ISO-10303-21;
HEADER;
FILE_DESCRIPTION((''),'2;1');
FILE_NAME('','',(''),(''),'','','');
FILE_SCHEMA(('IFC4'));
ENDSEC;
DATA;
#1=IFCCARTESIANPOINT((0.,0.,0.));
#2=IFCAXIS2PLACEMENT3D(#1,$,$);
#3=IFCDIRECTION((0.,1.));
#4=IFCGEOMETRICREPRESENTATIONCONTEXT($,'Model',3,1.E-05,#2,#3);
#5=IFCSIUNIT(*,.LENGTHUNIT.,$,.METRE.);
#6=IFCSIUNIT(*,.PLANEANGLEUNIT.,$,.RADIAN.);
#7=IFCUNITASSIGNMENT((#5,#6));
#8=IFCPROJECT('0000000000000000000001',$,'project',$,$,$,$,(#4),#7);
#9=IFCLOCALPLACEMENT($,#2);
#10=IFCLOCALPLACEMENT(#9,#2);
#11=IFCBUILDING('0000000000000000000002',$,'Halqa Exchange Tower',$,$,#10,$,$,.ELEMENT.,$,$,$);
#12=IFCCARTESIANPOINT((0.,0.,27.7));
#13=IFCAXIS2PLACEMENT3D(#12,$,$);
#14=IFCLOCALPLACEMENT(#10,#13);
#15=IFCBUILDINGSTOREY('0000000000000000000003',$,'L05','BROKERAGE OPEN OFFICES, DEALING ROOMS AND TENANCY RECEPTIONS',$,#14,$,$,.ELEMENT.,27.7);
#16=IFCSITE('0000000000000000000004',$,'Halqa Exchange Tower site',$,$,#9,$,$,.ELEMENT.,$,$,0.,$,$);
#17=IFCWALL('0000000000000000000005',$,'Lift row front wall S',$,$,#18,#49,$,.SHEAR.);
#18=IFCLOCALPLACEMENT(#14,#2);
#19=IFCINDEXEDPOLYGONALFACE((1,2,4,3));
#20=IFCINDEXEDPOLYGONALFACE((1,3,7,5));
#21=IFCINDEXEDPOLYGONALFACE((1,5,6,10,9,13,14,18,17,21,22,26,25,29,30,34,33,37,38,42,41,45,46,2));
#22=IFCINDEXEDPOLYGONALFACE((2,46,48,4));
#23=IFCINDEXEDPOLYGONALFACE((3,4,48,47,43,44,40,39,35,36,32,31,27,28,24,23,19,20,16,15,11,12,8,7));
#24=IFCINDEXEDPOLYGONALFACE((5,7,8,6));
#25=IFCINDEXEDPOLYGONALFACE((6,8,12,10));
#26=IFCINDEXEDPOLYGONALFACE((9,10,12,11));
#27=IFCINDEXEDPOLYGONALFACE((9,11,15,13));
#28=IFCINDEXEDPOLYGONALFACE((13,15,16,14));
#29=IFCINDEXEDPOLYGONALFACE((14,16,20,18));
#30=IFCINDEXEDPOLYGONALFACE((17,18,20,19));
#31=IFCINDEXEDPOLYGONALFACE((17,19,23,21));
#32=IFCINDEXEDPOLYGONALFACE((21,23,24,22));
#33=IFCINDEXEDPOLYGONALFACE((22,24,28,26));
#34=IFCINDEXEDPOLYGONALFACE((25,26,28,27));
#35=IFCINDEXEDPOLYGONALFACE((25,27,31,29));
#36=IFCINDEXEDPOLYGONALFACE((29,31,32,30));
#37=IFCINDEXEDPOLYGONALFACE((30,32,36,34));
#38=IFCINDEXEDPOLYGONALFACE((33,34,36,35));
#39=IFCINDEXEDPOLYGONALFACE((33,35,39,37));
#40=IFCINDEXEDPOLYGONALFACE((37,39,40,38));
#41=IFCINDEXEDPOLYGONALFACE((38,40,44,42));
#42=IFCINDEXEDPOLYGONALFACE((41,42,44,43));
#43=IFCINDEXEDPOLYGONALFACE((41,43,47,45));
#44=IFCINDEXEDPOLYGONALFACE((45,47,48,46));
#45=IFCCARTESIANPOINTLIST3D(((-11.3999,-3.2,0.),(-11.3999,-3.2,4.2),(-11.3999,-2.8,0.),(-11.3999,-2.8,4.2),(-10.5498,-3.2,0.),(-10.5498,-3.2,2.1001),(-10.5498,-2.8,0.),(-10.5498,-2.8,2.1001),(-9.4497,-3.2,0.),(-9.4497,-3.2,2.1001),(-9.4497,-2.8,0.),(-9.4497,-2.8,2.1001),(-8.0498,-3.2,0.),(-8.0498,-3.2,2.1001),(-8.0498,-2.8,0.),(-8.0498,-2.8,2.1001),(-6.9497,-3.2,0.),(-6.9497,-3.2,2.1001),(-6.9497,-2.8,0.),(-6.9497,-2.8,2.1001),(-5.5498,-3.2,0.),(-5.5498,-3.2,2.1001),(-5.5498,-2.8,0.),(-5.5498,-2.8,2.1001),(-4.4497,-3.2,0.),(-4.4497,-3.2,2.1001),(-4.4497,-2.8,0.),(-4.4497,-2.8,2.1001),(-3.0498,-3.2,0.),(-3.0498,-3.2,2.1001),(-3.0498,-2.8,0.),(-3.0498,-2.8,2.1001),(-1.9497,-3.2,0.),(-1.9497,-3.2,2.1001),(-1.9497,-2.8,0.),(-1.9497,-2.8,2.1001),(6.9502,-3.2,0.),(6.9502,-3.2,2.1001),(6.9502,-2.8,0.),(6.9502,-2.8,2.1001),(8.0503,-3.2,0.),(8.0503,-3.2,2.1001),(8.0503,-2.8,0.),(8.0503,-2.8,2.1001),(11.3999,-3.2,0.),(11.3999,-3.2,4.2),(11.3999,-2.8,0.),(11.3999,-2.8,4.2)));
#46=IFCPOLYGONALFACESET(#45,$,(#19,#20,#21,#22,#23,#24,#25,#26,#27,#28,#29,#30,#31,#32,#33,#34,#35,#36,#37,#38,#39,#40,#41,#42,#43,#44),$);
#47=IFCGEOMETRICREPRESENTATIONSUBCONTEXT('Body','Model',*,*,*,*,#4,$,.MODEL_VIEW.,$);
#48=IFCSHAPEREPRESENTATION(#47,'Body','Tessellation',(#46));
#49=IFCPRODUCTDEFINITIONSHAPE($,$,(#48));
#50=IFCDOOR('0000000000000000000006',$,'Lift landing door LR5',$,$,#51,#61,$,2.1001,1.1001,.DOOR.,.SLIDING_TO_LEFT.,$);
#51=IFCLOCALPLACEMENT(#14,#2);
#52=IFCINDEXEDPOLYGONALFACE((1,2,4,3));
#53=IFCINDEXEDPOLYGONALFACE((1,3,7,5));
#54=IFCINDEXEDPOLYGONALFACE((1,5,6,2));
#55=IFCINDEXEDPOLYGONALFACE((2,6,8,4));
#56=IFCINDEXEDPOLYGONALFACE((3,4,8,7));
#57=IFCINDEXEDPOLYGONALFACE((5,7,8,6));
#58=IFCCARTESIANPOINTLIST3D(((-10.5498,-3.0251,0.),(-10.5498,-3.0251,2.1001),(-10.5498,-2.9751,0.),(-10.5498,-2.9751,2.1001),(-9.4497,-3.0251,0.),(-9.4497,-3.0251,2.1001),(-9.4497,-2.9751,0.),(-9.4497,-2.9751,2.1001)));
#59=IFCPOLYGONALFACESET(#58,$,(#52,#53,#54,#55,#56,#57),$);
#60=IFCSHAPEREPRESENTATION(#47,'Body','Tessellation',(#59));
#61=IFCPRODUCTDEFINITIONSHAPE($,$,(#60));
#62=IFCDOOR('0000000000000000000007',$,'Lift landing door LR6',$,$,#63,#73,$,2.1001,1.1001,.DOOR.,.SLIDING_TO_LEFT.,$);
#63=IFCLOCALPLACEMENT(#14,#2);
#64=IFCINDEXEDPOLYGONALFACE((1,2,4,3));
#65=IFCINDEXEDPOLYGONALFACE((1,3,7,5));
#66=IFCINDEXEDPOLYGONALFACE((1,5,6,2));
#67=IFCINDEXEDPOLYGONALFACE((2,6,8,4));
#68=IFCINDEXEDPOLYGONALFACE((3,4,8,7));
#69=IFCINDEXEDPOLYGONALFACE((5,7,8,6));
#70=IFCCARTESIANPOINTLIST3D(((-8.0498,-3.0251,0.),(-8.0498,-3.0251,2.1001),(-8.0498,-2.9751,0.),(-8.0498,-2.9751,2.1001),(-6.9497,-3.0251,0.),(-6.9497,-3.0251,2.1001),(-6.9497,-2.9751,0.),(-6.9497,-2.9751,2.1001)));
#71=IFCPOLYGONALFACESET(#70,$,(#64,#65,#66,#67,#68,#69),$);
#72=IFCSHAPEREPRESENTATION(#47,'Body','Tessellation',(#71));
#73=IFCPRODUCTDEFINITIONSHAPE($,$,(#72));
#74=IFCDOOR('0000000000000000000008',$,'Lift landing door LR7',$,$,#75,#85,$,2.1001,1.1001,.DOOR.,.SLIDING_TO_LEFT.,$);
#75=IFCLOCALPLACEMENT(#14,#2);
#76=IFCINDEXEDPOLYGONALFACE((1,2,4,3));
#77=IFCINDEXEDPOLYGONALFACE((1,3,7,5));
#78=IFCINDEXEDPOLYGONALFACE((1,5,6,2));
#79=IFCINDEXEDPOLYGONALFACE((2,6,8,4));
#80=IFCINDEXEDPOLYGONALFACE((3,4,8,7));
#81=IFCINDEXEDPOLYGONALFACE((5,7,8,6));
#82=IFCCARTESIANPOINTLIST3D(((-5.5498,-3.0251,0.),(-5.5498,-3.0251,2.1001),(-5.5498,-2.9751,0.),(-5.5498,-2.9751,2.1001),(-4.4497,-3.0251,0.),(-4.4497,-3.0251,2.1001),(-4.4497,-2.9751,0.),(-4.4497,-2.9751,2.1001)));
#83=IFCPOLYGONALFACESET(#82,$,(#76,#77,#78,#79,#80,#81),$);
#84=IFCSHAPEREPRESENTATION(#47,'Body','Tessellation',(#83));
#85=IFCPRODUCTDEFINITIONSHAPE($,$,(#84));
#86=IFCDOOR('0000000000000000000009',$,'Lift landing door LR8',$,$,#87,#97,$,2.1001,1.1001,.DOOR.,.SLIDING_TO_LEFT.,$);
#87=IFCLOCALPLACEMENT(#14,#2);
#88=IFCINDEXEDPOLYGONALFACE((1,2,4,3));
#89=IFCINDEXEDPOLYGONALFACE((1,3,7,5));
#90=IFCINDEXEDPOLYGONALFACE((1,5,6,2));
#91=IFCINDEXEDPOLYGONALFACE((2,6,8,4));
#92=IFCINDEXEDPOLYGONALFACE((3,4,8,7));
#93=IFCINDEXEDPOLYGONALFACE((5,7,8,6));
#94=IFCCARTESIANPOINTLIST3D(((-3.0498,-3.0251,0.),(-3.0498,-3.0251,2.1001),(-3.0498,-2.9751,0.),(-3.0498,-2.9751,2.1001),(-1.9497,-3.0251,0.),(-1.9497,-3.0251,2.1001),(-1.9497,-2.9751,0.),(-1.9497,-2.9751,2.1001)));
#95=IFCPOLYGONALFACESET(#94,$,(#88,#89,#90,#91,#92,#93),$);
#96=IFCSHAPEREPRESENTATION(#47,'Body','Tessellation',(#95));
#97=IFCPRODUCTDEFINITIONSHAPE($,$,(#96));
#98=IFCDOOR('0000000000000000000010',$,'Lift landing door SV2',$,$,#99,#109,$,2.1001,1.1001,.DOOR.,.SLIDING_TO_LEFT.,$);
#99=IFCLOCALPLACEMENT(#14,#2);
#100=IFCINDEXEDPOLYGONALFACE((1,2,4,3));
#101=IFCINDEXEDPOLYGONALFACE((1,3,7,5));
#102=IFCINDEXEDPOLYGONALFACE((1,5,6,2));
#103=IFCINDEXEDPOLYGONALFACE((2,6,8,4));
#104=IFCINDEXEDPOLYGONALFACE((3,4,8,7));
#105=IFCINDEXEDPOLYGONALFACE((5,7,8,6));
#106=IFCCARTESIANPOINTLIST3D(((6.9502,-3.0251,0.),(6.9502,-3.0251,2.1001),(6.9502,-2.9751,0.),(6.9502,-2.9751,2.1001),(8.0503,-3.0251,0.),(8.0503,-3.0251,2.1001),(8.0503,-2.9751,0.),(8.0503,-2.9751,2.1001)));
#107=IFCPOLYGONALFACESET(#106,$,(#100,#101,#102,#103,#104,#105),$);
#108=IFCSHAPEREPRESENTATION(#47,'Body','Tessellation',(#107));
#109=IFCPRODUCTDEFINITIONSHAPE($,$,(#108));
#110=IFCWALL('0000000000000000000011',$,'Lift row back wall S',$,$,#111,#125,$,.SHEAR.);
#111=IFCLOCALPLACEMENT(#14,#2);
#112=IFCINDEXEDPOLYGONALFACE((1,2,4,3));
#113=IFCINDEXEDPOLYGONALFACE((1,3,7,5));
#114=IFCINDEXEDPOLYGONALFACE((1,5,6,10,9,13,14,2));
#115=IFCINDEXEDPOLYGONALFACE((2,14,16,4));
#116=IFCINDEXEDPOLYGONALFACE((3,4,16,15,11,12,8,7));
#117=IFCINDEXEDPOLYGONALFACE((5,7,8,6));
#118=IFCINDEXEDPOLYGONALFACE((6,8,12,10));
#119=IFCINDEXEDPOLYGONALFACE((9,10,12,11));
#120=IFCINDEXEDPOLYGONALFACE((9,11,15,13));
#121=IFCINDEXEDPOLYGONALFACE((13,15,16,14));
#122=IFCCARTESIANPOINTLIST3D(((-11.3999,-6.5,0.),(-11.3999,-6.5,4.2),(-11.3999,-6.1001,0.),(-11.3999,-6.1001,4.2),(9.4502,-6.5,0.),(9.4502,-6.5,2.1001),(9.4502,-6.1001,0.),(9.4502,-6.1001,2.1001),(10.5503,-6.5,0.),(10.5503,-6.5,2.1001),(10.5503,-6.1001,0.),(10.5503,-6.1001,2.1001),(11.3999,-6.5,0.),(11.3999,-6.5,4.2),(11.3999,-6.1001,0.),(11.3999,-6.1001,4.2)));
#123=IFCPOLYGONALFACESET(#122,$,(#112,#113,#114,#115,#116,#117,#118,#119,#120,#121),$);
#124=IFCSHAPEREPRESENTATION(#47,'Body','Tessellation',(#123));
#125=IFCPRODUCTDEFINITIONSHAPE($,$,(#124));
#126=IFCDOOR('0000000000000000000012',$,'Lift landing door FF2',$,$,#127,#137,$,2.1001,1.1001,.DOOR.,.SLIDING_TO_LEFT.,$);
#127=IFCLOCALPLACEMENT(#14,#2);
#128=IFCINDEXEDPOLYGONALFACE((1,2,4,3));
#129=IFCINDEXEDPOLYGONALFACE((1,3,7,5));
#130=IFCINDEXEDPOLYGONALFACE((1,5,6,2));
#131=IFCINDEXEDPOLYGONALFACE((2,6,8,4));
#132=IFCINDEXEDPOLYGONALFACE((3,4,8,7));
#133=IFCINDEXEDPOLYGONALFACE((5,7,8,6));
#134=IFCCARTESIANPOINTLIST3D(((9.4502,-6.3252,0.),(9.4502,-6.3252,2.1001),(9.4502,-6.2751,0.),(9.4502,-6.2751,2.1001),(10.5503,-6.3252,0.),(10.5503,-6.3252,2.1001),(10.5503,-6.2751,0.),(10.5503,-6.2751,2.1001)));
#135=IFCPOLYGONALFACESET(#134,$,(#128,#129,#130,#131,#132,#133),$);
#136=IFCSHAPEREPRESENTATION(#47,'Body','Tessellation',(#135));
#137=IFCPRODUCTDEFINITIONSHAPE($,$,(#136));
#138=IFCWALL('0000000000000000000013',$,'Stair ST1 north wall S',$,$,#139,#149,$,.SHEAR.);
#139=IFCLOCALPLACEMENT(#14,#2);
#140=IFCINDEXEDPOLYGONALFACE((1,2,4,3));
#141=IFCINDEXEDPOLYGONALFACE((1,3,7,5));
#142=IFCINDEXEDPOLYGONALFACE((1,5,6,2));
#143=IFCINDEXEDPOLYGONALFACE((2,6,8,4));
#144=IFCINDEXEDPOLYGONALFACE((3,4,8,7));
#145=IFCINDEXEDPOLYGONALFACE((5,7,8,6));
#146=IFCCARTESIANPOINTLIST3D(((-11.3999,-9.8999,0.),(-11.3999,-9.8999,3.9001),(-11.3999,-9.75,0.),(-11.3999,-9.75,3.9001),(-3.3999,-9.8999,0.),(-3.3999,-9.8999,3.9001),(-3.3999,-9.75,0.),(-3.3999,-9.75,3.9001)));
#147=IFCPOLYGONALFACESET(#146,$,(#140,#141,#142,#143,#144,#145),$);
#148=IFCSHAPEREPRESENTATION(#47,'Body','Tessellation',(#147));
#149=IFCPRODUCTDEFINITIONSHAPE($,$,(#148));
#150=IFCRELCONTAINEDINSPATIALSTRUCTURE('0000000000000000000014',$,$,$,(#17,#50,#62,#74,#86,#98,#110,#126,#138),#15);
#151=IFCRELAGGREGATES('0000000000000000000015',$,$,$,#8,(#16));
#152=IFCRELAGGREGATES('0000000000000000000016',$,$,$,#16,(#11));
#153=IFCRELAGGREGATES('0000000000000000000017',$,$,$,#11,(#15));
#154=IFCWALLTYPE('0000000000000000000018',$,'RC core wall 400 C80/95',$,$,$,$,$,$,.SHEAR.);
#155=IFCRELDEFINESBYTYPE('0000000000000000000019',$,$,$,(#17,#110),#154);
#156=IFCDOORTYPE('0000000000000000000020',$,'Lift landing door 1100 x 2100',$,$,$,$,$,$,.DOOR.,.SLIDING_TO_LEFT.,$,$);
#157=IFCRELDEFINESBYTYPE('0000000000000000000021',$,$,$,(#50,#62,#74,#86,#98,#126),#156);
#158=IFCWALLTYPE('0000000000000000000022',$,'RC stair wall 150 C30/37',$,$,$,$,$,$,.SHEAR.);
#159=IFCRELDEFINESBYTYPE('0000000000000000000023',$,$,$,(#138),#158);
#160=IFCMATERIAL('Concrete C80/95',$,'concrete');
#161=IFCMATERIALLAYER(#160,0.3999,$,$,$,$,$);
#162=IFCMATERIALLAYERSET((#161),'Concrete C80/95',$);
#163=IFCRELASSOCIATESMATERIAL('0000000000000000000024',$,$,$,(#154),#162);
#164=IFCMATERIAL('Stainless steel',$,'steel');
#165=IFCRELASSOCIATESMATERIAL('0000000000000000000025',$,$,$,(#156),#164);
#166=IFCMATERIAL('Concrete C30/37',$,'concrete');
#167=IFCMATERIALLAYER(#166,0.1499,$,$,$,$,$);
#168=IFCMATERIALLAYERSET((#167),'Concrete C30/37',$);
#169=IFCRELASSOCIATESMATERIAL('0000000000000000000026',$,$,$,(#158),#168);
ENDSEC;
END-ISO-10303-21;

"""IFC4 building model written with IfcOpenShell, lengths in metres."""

from ifc_helpers import new_model, si_unit, direction, frame, frame_2d, origin, place, context, subcontext, project, spatial, rectangle, extrude, material, layer, layer_set, type_object, element, fill, save


model = new_model("IFC4")

# Units and contexts
model_context = context("Model", 3, precision=1e-05, world=origin(), true_north=direction((0.0, 1.0)))
body_context = subcontext(model_context, "Body", "Model", "MODEL_VIEW")
ifc_project = project(units=[si_unit("LENGTHUNIT", "METRE"), si_unit("PLANEANGLEUNIT", "RADIAN")], contexts=[model_context])

# Site, building, storey
site_placement = place(None, origin())
site = spatial("IfcSite", under=ifc_project, at=site_placement, Name="Halqa Exchange Tower site", CompositionType="ELEMENT", RefElevation=0.0)
building_placement = place(site_placement, origin())
building = spatial("IfcBuilding", under=site, at=building_placement, Name="Halqa Exchange Tower", CompositionType="ELEMENT")
storey_placement = place(building_placement, frame((0.0, 0.0, 27.7)))
storey = spatial("IfcBuildingStorey", under=building, at=storey_placement, Name="L05", Description="BROKERAGE OPEN OFFICES, DEALING ROOMS AND TENANCY RECEPTIONS", CompositionType="ELEMENT", Elevation=27.7)

# Wall, openings, doors
ifc_material_1 = material(Name="Concrete C80/95", Category="concrete")
ifc_layer_1 = layer(ifc_material_1, 0.3999)
ifc_layer_set_1 = layer_set([ifc_layer_1], Name="Concrete C80/95")
wall_type_1 = type_object("IfcWallType", Name="RC core wall 400 C80/95", PredefinedType="SHEAR", material=ifc_layer_set_1)
wall_1_placement = place(storey_placement, frame((-11.3999, -3.0, 0.0), z_axis=(0.0, 0.0, 1.0), x_axis=(1.0, 0.0, 0.0)))
wall_1 = element("IfcWall", 1, at=wall_1_placement, inside=storey, type_object=wall_type_1, Name="Lift row front wall S", PredefinedType="SHEAR", context=body_context, shape_type="SweptSolid", body=[
    extrude(rectangle(XDim=22.7998, YDim=0.3999, at=frame_2d((11.3999, 0.0))), origin(), (0.0, 0.0, 1.0), 4.2),
])
opening_1_placement = place(wall_1_placement, frame((0.8501, 0.0, 0.0)))
opening_1 = element("IfcOpeningElement", 2, at=opening_1_placement, cuts=wall_1, PredefinedType="OPENING", context=body_context, shape_type="SweptSolid", body=[
    extrude(rectangle(XDim=1.1001, YDim=2.1001, at=frame_2d((0.55, 1.05))), frame((0.0, 0.2119, 0.0), z_axis=(0.0, -1.0, 0.0), x_axis=(1.0, 0.0, 0.0)), (0.0, 0.0, 1.0), 0.4238),
])
opening_2_placement = place(wall_1_placement, frame((3.3501, 0.0, 0.0)))
opening_2 = element("IfcOpeningElement", 3, at=opening_2_placement, cuts=wall_1, PredefinedType="OPENING", context=body_context, shape_type="SweptSolid", body=[
    extrude(rectangle(XDim=1.1001, YDim=2.1001, at=frame_2d((0.55, 1.05))), frame((0.0, 0.2119, 0.0), z_axis=(0.0, -1.0, 0.0), x_axis=(1.0, 0.0, 0.0)), (0.0, 0.0, 1.0), 0.4238),
])
opening_3_placement = place(wall_1_placement, frame((5.8501, 0.0, 0.0)))
opening_3 = element("IfcOpeningElement", 4, at=opening_3_placement, cuts=wall_1, PredefinedType="OPENING", context=body_context, shape_type="SweptSolid", body=[
    extrude(rectangle(XDim=1.1001, YDim=2.1001, at=frame_2d((0.55, 1.05))), frame((0.0, 0.2119, 0.0), z_axis=(0.0, -1.0, 0.0), x_axis=(1.0, 0.0, 0.0)), (0.0, 0.0, 1.0), 0.4238),
])
opening_4_placement = place(wall_1_placement, frame((8.3501, 0.0, 0.0)))
opening_4 = element("IfcOpeningElement", 5, at=opening_4_placement, cuts=wall_1, PredefinedType="OPENING", context=body_context, shape_type="SweptSolid", body=[
    extrude(rectangle(XDim=1.1001, YDim=2.1001, at=frame_2d((0.55, 1.05))), frame((0.0, 0.2119, 0.0), z_axis=(0.0, -1.0, 0.0), x_axis=(1.0, 0.0, 0.0)), (0.0, 0.0, 1.0), 0.4238),
])
opening_5_placement = place(wall_1_placement, frame((18.3501, 0.0, 0.0)))
opening_5 = element("IfcOpeningElement", 6, at=opening_5_placement, cuts=wall_1, PredefinedType="OPENING", context=body_context, shape_type="SweptSolid", body=[
    extrude(rectangle(XDim=1.1001, YDim=2.1001, at=frame_2d((0.55, 1.05))), frame((0.0, 0.2119, 0.0), z_axis=(0.0, -1.0, 0.0), x_axis=(1.0, 0.0, 0.0)), (0.0, 0.0, 1.0), 0.4238),
])
ifc_material_2 = material(Name="Stainless steel", Category="steel")
door_type = type_object("IfcDoorType", Name="Lift landing door 1100 x 2100", OperationType="SLIDING_TO_LEFT", PredefinedType="DOOR", material=ifc_material_2)
door_1_placement = place(opening_1_placement, origin())
door_1 = element("IfcDoor", 7, at=door_1_placement, inside=storey, type_object=door_type, Name="Lift landing door LR5", OperationType="SLIDING_TO_LEFT", OverallHeight=2.1001, OverallWidth=1.1001, PredefinedType="DOOR", context=body_context, shape_type="SweptSolid", body=[
    extrude(rectangle(XDim=1.1001, YDim=2.1001, at=frame_2d((0.55, 1.05))), frame((0.0, 0.0249, 0.0), z_axis=(0.0, -1.0, 0.0), x_axis=(1.0, 0.0, 0.0)), (0.0, 0.0, 1.0), 0.05),
])
fill(opening_1, door_1)
door_2_placement = place(opening_2_placement, origin())
door_2 = element("IfcDoor", 8, at=door_2_placement, inside=storey, type_object=door_type, Name="Lift landing door LR6", OperationType="SLIDING_TO_LEFT", OverallHeight=2.1001, OverallWidth=1.1001, PredefinedType="DOOR", context=body_context, shape_type="SweptSolid", body=[
    extrude(rectangle(XDim=1.1001, YDim=2.1001, at=frame_2d((0.55, 1.05))), frame((0.0, 0.0249, 0.0), z_axis=(0.0, -1.0, 0.0), x_axis=(1.0, 0.0, 0.0)), (0.0, 0.0, 1.0), 0.05),
])
fill(opening_2, door_2)
door_3_placement = place(opening_3_placement, origin())
door_3 = element("IfcDoor", 9, at=door_3_placement, inside=storey, type_object=door_type, Name="Lift landing door LR7", OperationType="SLIDING_TO_LEFT", OverallHeight=2.1001, OverallWidth=1.1001, PredefinedType="DOOR", context=body_context, shape_type="SweptSolid", body=[
    extrude(rectangle(XDim=1.1001, YDim=2.1001, at=frame_2d((0.55, 1.05))), frame((0.0, 0.0249, 0.0), z_axis=(0.0, -1.0, 0.0), x_axis=(1.0, 0.0, 0.0)), (0.0, 0.0, 1.0), 0.05),
])
fill(opening_3, door_3)
door_4_placement = place(opening_4_placement, origin())
door_4 = element("IfcDoor", 10, at=door_4_placement, inside=storey, type_object=door_type, Name="Lift landing door LR8", OperationType="SLIDING_TO_LEFT", OverallHeight=2.1001, OverallWidth=1.1001, PredefinedType="DOOR", context=body_context, shape_type="SweptSolid", body=[
    extrude(rectangle(XDim=1.1001, YDim=2.1001, at=frame_2d((0.55, 1.05))), frame((0.0, 0.0249, 0.0), z_axis=(0.0, -1.0, 0.0), x_axis=(1.0, 0.0, 0.0)), (0.0, 0.0, 1.0), 0.05),
])
fill(opening_4, door_4)
door_5_placement = place(opening_5_placement, origin())
door_5 = element("IfcDoor", 11, at=door_5_placement, inside=storey, type_object=door_type, Name="Lift landing door SV2", OperationType="SLIDING_TO_LEFT", OverallHeight=2.1001, OverallWidth=1.1001, PredefinedType="DOOR", context=body_context, shape_type="SweptSolid", body=[
    extrude(rectangle(XDim=1.1001, YDim=2.1001, at=frame_2d((0.55, 1.05))), frame((0.0, 0.0249, 0.0), z_axis=(0.0, -1.0, 0.0), x_axis=(1.0, 0.0, 0.0)), (0.0, 0.0, 1.0), 0.05),
])
fill(opening_5, door_5)

# Wall, opening, door
wall_2_placement = place(storey_placement, frame((-11.3999, -6.3, 0.0), z_axis=(0.0, 0.0, 1.0), x_axis=(1.0, 0.0, 0.0)))
wall_2 = element("IfcWall", 12, at=wall_2_placement, inside=storey, type_object=wall_type_1, Name="Lift row back wall S", PredefinedType="SHEAR", context=body_context, shape_type="SweptSolid", body=[
    extrude(rectangle(XDim=22.7998, YDim=0.3999, at=frame_2d((11.3999, 0.0))), origin(), (0.0, 0.0, 1.0), 4.2),
])
opening_6_placement = place(wall_2_placement, frame((20.8501, 0.0, 0.0)))
opening_6 = element("IfcOpeningElement", 13, at=opening_6_placement, cuts=wall_2, PredefinedType="OPENING", context=body_context, shape_type="SweptSolid", body=[
    extrude(rectangle(XDim=1.1001, YDim=2.1001, at=frame_2d((0.55, 1.05))), frame((0.0, 0.2119, 0.0), z_axis=(0.0, -1.0, 0.0), x_axis=(1.0, 0.0, 0.0)), (0.0, 0.0, 1.0), 0.4238),
])
door_6_placement = place(opening_6_placement, origin())
door_6 = element("IfcDoor", 14, at=door_6_placement, inside=storey, type_object=door_type, Name="Lift landing door FF2", OperationType="SLIDING_TO_LEFT", OverallHeight=2.1001, OverallWidth=1.1001, PredefinedType="DOOR", context=body_context, shape_type="SweptSolid", body=[
    extrude(rectangle(XDim=1.1001, YDim=2.1001, at=frame_2d((0.55, 1.05))), frame((0.0, 0.0249, 0.0), z_axis=(0.0, -1.0, 0.0), x_axis=(1.0, 0.0, 0.0)), (0.0, 0.0, 1.0), 0.05),
])
fill(opening_6, door_6)

# Wall
ifc_material_3 = material(Name="Concrete C30/37", Category="concrete")
ifc_layer_2 = layer(ifc_material_3, 0.1499)
ifc_layer_set_2 = layer_set([ifc_layer_2], Name="Concrete C30/37")
wall_type_2 = type_object("IfcWallType", Name="RC stair wall 150 C30/37", PredefinedType="SHEAR", material=ifc_layer_set_2)
wall_3_placement = place(storey_placement, frame((-11.3999, -9.825, 0.0), z_axis=(0.0, 0.0, 1.0), x_axis=(1.0, 0.0, 0.0)))
element("IfcWall", 15, at=wall_3_placement, inside=storey, type_object=wall_type_2, Name="Stair ST1 north wall S", PredefinedType="SHEAR", context=body_context, shape_type="SweptSolid", body=[
    extrude(rectangle(XDim=8.0, YDim=0.1499, at=frame_2d((4.0, 0.0))), origin(), (0.0, 0.0, 1.0), 3.9001),
])

save(model, "model.ifc")
